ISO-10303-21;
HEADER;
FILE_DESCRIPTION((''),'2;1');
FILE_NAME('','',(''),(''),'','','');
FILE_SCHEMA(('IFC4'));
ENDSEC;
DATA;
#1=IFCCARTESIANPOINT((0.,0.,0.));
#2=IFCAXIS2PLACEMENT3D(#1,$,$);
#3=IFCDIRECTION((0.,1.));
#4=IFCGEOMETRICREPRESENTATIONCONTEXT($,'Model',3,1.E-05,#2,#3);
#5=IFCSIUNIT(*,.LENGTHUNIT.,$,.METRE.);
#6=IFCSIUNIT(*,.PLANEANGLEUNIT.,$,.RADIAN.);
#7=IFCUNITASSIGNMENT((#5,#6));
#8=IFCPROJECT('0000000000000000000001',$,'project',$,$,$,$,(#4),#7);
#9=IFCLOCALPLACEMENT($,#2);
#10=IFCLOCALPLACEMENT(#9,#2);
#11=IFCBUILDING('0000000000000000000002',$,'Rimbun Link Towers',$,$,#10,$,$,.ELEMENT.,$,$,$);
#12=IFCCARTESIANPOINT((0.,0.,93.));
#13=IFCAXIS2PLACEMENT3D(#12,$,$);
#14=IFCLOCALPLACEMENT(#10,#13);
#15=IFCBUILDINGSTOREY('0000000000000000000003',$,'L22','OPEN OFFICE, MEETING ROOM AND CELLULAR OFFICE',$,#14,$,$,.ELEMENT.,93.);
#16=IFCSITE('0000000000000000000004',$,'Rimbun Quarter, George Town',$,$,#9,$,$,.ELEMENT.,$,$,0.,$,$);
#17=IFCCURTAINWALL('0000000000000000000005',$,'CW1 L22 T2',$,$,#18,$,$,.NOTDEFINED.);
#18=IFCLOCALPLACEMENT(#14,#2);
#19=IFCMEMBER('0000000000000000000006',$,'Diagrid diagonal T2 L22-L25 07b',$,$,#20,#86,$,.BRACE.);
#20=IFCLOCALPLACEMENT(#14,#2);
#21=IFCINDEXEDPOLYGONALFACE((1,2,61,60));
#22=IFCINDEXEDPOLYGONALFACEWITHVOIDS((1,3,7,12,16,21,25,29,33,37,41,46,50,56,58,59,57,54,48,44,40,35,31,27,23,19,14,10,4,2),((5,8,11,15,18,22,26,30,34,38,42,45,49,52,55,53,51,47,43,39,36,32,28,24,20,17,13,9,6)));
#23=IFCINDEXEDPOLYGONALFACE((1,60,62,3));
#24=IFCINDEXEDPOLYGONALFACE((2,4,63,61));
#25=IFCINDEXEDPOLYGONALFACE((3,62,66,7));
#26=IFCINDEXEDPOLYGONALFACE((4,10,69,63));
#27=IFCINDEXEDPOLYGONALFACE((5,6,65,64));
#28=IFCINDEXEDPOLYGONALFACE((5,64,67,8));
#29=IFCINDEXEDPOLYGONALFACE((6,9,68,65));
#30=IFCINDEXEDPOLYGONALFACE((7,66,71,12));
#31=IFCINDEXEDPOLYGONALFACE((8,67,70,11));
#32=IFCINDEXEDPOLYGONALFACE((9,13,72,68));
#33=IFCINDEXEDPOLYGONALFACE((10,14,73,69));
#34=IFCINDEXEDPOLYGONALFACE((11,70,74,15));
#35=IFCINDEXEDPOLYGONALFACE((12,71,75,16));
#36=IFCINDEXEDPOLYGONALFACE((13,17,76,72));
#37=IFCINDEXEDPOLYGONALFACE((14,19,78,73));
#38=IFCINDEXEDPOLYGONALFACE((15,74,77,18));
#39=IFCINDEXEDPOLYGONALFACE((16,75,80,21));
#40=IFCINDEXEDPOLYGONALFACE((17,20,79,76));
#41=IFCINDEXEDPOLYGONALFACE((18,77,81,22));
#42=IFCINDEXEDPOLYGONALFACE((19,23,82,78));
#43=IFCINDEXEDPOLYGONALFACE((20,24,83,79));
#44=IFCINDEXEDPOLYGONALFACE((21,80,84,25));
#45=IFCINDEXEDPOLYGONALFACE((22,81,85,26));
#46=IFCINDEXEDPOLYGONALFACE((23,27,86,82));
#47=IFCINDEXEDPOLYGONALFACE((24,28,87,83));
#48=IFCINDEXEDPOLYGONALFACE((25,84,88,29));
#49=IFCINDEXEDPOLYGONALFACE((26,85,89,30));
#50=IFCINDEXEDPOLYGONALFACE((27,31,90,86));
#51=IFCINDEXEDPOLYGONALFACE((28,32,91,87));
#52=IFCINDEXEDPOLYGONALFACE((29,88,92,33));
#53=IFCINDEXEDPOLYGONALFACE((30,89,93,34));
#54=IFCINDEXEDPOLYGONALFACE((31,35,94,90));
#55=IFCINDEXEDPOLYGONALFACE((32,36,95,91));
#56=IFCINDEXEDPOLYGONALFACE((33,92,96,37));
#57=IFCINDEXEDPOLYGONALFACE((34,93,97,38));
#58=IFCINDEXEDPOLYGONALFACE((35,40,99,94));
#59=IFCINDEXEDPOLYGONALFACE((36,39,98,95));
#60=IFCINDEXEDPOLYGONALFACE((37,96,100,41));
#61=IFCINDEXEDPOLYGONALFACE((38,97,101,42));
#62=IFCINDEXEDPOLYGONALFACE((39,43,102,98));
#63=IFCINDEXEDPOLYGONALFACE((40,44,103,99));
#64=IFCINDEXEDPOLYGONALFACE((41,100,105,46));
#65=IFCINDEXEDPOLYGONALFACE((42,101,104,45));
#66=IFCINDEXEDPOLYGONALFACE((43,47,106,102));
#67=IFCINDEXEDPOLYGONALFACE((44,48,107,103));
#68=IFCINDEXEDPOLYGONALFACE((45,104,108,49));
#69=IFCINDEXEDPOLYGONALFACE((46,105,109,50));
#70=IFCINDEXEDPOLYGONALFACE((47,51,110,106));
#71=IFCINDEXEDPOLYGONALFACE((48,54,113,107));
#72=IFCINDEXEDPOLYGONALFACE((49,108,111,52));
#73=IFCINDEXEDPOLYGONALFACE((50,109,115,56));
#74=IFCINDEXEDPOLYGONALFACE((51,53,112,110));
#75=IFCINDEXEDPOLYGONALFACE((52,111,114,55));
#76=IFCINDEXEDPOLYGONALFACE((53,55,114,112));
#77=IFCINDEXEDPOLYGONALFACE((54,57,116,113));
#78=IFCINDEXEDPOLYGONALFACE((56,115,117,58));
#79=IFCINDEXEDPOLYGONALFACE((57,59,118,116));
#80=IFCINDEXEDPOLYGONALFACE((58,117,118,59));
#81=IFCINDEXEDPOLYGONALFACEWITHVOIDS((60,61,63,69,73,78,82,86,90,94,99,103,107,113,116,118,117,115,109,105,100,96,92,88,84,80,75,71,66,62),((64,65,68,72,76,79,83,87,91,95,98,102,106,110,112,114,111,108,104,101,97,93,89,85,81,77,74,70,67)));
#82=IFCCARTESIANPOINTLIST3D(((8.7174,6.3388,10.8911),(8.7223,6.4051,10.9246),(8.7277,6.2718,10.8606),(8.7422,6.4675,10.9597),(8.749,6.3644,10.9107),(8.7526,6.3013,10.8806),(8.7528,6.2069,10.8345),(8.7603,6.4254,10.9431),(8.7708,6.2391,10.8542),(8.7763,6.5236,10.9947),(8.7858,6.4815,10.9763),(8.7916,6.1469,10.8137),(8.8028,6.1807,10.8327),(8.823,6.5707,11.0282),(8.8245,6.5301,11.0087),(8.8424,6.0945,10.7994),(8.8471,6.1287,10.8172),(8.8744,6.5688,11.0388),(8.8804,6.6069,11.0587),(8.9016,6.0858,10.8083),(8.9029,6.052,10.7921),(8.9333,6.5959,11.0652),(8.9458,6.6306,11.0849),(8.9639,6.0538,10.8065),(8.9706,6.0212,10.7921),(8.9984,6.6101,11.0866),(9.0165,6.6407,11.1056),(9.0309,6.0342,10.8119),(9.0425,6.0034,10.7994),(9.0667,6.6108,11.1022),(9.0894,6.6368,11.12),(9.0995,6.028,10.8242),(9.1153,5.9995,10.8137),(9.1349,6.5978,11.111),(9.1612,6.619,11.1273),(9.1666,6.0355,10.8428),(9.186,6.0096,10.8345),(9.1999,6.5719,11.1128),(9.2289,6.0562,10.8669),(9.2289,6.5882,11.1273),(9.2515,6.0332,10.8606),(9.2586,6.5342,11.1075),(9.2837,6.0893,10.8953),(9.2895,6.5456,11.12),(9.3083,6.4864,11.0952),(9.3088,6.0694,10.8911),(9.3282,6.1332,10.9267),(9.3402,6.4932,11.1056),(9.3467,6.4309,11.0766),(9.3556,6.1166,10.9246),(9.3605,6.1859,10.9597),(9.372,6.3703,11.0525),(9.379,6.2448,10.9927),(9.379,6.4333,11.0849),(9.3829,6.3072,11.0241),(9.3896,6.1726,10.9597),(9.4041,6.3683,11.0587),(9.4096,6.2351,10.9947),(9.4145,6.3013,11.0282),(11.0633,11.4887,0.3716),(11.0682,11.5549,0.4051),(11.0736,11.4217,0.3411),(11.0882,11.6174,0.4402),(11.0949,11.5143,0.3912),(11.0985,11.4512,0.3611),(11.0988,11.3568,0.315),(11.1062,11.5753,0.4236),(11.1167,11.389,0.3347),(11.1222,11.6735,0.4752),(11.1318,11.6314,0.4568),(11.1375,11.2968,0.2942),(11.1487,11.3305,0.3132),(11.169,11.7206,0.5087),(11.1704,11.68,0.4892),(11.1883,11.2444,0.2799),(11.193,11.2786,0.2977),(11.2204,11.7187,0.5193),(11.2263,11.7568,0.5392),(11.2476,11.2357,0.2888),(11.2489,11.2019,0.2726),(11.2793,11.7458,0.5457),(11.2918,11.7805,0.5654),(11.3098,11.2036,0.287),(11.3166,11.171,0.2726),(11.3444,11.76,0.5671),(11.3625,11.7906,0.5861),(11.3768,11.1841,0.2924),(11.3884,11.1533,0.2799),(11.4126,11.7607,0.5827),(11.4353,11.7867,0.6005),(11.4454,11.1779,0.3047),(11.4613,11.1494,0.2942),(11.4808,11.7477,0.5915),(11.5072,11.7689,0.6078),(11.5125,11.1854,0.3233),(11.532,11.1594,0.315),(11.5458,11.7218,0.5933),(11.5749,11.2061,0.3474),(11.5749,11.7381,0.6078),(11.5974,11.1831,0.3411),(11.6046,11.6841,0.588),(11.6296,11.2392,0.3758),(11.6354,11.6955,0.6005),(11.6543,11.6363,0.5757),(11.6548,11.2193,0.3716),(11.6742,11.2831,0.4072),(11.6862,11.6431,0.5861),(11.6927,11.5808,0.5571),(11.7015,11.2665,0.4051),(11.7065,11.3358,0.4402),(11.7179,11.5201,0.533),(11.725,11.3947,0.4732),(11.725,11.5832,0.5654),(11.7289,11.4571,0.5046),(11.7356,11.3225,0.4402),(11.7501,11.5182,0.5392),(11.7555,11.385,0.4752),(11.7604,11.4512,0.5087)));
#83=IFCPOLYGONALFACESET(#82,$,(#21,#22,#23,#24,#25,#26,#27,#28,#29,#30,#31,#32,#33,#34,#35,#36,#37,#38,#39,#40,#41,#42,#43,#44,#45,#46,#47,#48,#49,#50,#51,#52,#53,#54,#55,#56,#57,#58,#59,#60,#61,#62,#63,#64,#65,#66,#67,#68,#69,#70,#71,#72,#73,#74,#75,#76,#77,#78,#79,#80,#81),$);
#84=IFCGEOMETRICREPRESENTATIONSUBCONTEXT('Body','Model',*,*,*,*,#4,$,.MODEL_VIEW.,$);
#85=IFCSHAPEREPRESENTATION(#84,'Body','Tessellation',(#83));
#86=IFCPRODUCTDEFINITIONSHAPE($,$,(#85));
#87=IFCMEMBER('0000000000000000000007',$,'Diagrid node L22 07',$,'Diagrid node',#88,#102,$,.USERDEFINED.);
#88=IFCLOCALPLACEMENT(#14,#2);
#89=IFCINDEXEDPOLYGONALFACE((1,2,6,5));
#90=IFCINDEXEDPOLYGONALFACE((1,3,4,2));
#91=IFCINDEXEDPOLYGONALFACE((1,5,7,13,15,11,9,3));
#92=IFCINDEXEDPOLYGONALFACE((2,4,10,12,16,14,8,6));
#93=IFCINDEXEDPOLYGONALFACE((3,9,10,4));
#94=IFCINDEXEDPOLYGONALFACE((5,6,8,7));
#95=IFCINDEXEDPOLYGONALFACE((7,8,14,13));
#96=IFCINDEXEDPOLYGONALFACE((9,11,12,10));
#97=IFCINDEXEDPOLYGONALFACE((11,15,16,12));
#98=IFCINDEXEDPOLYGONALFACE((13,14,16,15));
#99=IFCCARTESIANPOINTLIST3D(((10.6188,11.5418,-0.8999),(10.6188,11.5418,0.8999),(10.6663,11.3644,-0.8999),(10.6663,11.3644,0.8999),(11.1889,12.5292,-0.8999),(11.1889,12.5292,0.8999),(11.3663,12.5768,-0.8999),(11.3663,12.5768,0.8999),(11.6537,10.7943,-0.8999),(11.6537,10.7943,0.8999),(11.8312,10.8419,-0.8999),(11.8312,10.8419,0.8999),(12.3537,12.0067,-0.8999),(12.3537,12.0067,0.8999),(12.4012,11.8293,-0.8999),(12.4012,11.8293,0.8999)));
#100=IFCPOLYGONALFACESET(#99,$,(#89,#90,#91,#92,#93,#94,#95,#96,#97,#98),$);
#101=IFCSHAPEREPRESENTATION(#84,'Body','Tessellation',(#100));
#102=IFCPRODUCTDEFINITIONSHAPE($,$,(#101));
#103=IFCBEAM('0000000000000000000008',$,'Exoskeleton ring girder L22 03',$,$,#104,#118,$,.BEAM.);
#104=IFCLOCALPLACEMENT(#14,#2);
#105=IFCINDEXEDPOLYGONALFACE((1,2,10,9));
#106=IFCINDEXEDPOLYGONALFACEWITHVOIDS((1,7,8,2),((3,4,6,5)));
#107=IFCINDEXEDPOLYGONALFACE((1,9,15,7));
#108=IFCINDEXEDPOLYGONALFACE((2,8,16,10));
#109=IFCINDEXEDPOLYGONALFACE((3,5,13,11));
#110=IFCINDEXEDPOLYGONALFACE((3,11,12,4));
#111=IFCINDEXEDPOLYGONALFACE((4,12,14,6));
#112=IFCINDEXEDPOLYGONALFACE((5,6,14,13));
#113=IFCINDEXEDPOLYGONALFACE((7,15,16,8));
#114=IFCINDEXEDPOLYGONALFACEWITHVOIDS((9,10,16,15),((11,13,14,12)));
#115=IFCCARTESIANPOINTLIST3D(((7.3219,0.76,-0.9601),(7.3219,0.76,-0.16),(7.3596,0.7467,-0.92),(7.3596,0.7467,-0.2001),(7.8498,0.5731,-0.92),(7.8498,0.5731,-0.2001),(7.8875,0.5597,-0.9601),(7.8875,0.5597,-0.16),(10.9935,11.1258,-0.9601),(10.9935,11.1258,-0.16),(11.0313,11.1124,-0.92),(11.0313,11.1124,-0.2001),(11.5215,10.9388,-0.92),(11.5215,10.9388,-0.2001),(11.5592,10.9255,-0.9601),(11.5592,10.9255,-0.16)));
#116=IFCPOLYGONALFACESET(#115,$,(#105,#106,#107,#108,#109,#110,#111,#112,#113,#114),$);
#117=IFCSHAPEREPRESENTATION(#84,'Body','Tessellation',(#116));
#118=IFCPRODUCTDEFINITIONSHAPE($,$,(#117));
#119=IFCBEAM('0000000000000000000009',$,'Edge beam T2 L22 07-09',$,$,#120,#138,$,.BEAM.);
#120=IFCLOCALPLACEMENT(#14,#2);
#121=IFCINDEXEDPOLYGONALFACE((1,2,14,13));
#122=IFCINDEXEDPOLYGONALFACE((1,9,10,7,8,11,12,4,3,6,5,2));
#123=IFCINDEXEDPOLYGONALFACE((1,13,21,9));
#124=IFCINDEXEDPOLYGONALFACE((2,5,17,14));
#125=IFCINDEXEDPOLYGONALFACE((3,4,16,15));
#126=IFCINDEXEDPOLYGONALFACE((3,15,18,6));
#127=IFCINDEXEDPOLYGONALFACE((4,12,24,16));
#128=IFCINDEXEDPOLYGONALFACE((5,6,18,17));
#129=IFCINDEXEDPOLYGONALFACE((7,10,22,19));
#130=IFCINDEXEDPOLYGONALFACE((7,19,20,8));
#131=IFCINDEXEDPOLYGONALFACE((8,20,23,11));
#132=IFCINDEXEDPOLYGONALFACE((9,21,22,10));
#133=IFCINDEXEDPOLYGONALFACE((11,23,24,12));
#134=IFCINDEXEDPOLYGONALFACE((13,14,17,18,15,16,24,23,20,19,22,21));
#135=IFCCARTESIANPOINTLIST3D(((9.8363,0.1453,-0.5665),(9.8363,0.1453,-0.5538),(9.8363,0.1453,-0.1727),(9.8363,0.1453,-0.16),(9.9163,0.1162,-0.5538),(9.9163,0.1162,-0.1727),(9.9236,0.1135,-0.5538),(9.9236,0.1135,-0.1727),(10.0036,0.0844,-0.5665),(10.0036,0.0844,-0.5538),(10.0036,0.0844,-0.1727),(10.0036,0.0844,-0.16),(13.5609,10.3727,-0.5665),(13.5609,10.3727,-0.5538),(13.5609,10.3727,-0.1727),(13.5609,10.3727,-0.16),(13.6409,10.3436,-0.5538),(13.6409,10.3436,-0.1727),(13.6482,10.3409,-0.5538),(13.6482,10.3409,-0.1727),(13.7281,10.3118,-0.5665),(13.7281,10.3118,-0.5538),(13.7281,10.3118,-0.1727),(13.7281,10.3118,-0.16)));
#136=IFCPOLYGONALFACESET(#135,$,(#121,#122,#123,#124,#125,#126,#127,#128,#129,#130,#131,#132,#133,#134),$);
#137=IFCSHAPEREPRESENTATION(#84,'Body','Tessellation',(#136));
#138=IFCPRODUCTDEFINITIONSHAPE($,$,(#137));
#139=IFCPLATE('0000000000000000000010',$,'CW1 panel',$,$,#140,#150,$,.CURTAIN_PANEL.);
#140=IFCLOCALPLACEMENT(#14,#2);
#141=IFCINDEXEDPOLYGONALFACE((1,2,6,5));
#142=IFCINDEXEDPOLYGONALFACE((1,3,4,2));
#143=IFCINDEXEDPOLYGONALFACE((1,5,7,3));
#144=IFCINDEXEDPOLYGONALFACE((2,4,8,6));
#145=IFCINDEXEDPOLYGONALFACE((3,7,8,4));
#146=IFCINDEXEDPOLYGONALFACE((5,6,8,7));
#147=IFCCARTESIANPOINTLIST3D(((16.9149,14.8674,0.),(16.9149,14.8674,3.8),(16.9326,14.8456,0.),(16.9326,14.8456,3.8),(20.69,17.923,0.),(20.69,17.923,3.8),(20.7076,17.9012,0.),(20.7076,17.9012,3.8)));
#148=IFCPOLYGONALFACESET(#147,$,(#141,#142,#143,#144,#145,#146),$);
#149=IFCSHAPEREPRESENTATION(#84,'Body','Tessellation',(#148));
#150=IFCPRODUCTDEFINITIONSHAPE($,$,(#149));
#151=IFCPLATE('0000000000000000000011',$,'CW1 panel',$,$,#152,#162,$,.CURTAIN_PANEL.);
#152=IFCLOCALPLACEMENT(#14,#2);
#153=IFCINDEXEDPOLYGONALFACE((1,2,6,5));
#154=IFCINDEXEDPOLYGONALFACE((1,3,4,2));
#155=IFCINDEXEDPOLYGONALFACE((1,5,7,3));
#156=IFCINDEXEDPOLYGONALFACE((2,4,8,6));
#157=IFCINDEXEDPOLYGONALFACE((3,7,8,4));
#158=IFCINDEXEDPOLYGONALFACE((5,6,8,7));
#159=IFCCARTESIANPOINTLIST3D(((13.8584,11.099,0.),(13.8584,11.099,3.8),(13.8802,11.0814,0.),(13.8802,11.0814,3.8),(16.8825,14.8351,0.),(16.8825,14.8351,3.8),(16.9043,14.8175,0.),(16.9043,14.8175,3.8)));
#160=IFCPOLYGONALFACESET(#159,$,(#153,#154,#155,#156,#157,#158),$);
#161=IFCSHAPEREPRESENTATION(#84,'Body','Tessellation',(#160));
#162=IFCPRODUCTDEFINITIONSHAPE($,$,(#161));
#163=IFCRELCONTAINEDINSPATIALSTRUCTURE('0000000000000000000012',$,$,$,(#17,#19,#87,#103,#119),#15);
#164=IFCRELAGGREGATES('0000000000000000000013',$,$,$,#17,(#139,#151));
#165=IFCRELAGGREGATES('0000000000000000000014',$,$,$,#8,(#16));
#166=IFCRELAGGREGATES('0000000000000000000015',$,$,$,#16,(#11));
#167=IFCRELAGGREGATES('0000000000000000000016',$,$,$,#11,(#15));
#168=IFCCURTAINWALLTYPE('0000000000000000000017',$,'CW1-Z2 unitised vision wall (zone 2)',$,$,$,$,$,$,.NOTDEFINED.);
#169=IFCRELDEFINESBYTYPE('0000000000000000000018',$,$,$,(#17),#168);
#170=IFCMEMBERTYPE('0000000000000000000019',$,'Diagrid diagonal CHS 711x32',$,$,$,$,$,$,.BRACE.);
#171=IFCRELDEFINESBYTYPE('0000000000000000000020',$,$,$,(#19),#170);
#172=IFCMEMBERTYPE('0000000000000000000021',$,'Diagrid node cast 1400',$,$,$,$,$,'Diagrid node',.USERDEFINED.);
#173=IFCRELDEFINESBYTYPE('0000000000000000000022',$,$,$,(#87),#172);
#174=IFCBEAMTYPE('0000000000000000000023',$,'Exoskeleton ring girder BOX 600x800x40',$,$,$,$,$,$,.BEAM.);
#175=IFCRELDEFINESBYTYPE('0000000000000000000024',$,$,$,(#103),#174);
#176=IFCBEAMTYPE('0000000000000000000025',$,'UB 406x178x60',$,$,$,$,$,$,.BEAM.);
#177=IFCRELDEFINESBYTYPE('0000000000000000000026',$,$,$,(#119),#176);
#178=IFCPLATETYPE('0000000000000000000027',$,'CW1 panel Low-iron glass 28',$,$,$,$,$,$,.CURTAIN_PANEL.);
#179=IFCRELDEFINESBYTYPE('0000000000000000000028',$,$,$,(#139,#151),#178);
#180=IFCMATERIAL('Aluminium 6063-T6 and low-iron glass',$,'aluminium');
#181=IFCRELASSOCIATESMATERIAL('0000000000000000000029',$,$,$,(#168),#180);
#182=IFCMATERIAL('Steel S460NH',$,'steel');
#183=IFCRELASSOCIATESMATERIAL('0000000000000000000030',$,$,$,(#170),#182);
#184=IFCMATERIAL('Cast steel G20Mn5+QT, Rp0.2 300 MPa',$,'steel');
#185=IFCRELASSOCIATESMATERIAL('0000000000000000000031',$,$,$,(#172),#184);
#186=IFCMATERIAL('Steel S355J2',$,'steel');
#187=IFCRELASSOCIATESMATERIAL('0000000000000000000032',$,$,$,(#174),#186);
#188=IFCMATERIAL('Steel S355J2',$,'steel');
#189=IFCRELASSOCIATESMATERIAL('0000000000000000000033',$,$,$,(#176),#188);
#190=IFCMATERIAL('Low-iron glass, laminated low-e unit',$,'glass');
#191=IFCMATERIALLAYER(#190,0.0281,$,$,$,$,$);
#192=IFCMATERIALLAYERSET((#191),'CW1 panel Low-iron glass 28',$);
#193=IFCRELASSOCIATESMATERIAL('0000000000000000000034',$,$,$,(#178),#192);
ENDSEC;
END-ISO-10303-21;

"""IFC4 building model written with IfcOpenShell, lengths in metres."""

from ifc_helpers import new_model, si_unit, direction, frame, origin, origin_2d, place, context, subcontext, project, spatial, polyline, rectangle, hollow_rectangle, hollow_circle, i_section, outline, extrude, material, layer, layer_set, material_profile, profile_set, type_object, element, aggregate, save


model = new_model("IFC4")

# Units and contexts
model_context = context("Model", 3, precision=1e-05, world=origin(), true_north=direction((0.0, 1.0)))
body_context = subcontext(model_context, "Body", "Model", "MODEL_VIEW")
ifc_project = project(units=[si_unit("LENGTHUNIT", "METRE"), si_unit("PLANEANGLEUNIT", "RADIAN")], contexts=[model_context])

# Site, building, storey
site_placement = place(None, origin())
site = spatial("IfcSite", under=ifc_project, at=site_placement, Name="Rimbun Quarter, George Town", CompositionType="ELEMENT", RefElevation=0.0)
building_placement = place(site_placement, origin())
building = spatial("IfcBuilding", under=site, at=building_placement, Name="Rimbun Link Towers", CompositionType="ELEMENT")
storey_placement = place(building_placement, frame((0.0, 0.0, 93.0)))
storey = spatial("IfcBuildingStorey", under=building, at=storey_placement, Name="L22", Description="OPEN OFFICE, MEETING ROOM AND CELLULAR OFFICE", CompositionType="ELEMENT", Elevation=93.0)

# Curtain wall
ifc_material_1 = material(Name="Aluminium 6063-T6 and low-iron glass", Category="aluminium")
curtain_wall_type = type_object("IfcCurtainWallType", Name="CW1-Z2 unitised vision wall (zone 2)", PredefinedType="NOTDEFINED", material=ifc_material_1)
curtain_wall_placement = place(storey_placement, origin())
curtain_wall = element("IfcCurtainWall", 1, at=curtain_wall_placement, inside=storey, type_object=curtain_wall_type, Name="CW1 L22 T2", PredefinedType="NOTDEFINED")

# Members
ifc_material_2 = material(Name="Steel S460NH", Category="steel")
ifc_material_profile_1 = material_profile(ifc_material_2, hollow_circle(Radius=0.3557, WallThickness=0.032, at=origin_2d()), Name="Diagrid diagonal CHS 711x32")
ifc_profile_set_1 = profile_set([ifc_material_profile_1], Name="Steel S460NH")
member_type_1 = type_object("IfcMemberType", Name="Diagrid diagonal CHS 711x32", PredefinedType="BRACE", material=ifc_profile_set_1)
member_1_placement = place(storey_placement, frame((11.4119, 11.47, 0.4402), z_axis=(-0.196394, -0.431131, 0.880656), x_axis=(0.910028, -0.414547, 0.0)))
element("IfcMember", 2, at=member_1_placement, inside=storey, type_object=member_type_1, Name="Diagrid diagonal T2 L22-L25 07b", PredefinedType="BRACE", context=body_context, shape_type="SweptSolid", body=[
    extrude(hollow_circle(Radius=0.3557, WallThickness=0.032, at=origin_2d()), origin(), (0.0, 0.0, 1.0), 11.9451),
])
ifc_material_3 = material(Name="Cast steel G20Mn5+QT, Rp0.2 300 MPa", Category="steel")
ifc_material_profile_2 = material_profile(ifc_material_3, outline(polyline([(0.7, -0.5701), (0.7, 0.5701), (0.5701, 0.7), (-0.5701, 0.7), (-0.7, 0.5701), (-0.7, -0.5701), (-0.5701, -0.7), (0.5701, -0.7), (0.7, -0.5701)])), Name="NODE 1400x1400")
ifc_profile_set_2 = profile_set([ifc_material_profile_2], Name="Cast steel G20Mn5+QT, Rp0.2 300 MPa")
member_type_2 = type_object("IfcMemberType", Name="Diagrid node cast 1400", ElementType="Diagrid node", PredefinedType="USERDEFINED", material=ifc_profile_set_2)
member_2_placement = place(storey_placement, frame((11.51, 11.6855, -0.8999), z_axis=(0.0, 0.0, 1.0), x_axis=(-0.866025, 0.5, 0.0)))
element("IfcMember", 3, at=member_2_placement, inside=storey, type_object=member_type_2, Name="Diagrid node L22 07", ObjectType="Diagrid node", PredefinedType="USERDEFINED", context=body_context, shape_type="SweptSolid", body=[
    extrude(outline(polyline([(0.7, -0.5701), (0.7, 0.5701), (0.5701, 0.7), (-0.5701, 0.7), (-0.7, 0.5701), (-0.7, -0.5701), (-0.5701, -0.7), (0.5701, -0.7), (0.7, -0.5701)])), origin(), (0.0, 0.0, 1.0), 1.7998),
])

# Beams
ifc_material_4 = material(Name="Steel S355J2", Category="steel")
ifc_material_profile_3 = material_profile(ifc_material_4, hollow_rectangle(XDim=0.6001, YDim=0.8, WallThickness=0.04, at=origin_2d()), Name="Exoskeleton ring girder BOX 600x800x40")
ifc_profile_set_3 = profile_set([ifc_material_profile_3], Name="Steel S355J2")
beam_type_1 = type_object("IfcBeamType", Name="Exoskeleton ring girder BOX 600x800x40", PredefinedType="BEAM", material=ifc_profile_set_3)
beam_1_placement = place(storey_placement, frame((11.2764, 11.0256, -0.5601), z_axis=(-0.333882, -0.942615, 0.0), x_axis=(0.942615, -0.333882, 0.0)))
element("IfcBeam", 4, at=beam_1_placement, inside=storey, type_object=beam_type_1, Name="Exoskeleton ring girder L22 03", PredefinedType="BEAM", context=body_context, shape_type="SweptSolid", body=[
    extrude(hollow_rectangle(XDim=0.6001, YDim=0.8, WallThickness=0.04, at=origin_2d()), origin(), (0.0, 0.0, 1.0), 10.9968),
])
ifc_material_5 = material(Name="Steel S355J2", Category="steel")
ifc_material_profile_4 = material_profile(ifc_material_5, i_section(OverallWidth=0.178, OverallDepth=0.4065, WebThickness=0.0078, FlangeThickness=0.0127, at=origin_2d()), Name="UB 406x178x60")
ifc_profile_set_4 = profile_set([ifc_material_profile_4], Name="Steel S355J2")
beam_type_2 = type_object("IfcBeamType", Name="UB 406x178x60", PredefinedType="BEAM", material=ifc_profile_set_4)
beam_2_placement = place(storey_placement, frame((13.6445, 10.3423, -0.3633), z_axis=(-0.34219, -0.939631, 0.0), x_axis=(0.939631, -0.34219, 0.0)))
element("IfcBeam", 5, at=beam_2_placement, inside=storey, type_object=beam_type_2, Name="Edge beam T2 L22 07-09", PredefinedType="BEAM", context=body_context, shape_type="SweptSolid", body=[
    extrude(i_section(OverallWidth=0.178, OverallDepth=0.4065, WebThickness=0.0078, FlangeThickness=0.0127, at=origin_2d()), origin(), (0.0, 0.0, 1.0), 10.8845),
])

# Plates
ifc_material_6 = material(Name="Low-iron glass, laminated low-e unit", Category="glass")
ifc_layer_1 = layer(ifc_material_6, 0.0281)
ifc_layer_set_1 = layer_set([ifc_layer_1], Name="CW1 panel Low-iron glass 28")
plate_type = type_object("IfcPlateType", Name="CW1 panel Low-iron glass 28", PredefinedType="CURTAIN_PANEL", material=ifc_layer_set_1)
plate_1_placement = place(storey_placement, frame((18.8113, 16.3843, 0.0), z_axis=(0.0, 0.0, 1.0), x_axis=(0.77728, 0.629155, 0.0)))
plate_1 = element("IfcPlate", 6, at=plate_1_placement, type_object=plate_type, Name="CW1 panel", PredefinedType="CURTAIN_PANEL", context=body_context, shape_type="SweptSolid", body=[
    extrude(rectangle(XDim=4.8567, YDim=0.0281, at=origin_2d()), origin(), (0.0, 0.0, 1.0), 3.8),
])
plate_2_placement = place(storey_placement, frame((15.3813, 12.9583, 0.0), z_axis=(0.0, 0.0, 1.0), x_axis=(0.629155, 0.77728, 0.0)))
plate_2 = element("IfcPlate", 7, at=plate_2_placement, type_object=plate_type, Name="CW1 panel", PredefinedType="CURTAIN_PANEL", context=body_context, shape_type="SweptSolid", body=[
    extrude(rectangle(XDim=4.8066, YDim=0.0281, at=origin_2d()), origin(), (0.0, 0.0, 1.0), 3.8),
])
aggregate(curtain_wall, [plate_1, plate_2])

save(model, "model.ifc")
